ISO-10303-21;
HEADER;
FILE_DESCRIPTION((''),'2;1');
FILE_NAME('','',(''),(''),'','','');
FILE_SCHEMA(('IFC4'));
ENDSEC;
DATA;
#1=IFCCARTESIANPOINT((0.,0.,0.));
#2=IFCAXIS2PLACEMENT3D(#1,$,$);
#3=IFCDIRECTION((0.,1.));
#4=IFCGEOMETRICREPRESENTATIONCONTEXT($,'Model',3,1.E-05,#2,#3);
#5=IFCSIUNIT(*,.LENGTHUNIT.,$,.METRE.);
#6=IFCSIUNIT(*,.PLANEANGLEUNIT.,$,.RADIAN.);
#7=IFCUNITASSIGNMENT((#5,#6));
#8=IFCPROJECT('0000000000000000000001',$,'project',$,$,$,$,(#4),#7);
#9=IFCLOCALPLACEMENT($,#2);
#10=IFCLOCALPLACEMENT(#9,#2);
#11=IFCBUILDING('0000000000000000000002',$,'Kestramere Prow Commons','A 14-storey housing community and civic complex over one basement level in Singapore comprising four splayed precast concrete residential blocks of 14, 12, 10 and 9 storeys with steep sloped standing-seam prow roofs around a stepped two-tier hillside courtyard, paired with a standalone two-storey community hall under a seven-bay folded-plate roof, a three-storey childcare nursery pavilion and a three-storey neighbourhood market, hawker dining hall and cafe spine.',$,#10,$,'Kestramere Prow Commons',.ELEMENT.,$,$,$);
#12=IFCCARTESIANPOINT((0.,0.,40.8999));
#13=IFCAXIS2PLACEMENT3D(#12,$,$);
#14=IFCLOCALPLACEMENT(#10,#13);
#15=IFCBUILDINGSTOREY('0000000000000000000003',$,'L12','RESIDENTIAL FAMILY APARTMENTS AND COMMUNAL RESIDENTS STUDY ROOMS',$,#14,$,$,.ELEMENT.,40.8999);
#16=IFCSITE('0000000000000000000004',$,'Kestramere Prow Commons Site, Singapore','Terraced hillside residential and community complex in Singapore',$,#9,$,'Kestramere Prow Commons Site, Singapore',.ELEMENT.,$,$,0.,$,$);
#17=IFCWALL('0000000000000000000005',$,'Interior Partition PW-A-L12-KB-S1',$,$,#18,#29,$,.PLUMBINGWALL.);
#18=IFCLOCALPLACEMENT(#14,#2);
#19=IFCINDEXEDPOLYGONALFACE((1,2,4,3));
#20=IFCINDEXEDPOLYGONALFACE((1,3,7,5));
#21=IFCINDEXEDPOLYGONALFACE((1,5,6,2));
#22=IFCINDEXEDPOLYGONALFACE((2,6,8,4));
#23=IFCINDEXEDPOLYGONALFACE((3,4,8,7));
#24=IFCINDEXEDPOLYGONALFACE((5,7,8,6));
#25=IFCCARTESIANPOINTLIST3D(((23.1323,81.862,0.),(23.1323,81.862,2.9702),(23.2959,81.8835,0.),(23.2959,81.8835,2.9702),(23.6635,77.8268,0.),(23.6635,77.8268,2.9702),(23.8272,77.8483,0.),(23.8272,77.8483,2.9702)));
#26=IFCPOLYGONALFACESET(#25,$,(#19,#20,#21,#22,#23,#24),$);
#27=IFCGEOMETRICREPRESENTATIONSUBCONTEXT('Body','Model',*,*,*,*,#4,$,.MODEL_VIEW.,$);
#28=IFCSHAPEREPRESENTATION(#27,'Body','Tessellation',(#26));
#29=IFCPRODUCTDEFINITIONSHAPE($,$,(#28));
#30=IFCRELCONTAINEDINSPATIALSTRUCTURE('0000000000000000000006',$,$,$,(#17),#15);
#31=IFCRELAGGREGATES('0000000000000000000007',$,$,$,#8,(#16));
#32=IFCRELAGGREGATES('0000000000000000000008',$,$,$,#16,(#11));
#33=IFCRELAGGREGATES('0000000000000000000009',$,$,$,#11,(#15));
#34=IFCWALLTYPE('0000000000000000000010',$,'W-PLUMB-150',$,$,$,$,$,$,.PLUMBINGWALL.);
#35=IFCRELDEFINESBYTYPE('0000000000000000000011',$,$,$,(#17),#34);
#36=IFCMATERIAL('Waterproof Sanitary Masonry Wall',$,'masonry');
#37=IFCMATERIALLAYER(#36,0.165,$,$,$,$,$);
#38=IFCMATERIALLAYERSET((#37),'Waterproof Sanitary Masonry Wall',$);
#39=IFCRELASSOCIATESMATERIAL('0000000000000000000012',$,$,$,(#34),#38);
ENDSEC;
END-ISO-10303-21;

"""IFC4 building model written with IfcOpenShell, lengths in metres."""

from ifc_helpers import new_model, si_unit, direction, frame, frame_2d, origin, place, context, subcontext, project, spatial, rectangle, extrude, material, layer, layer_set, type_object, element, save


model = new_model("IFC4")

# Units and contexts
model_context = context("Model", 3, precision=1e-05, world=origin(), true_north=direction((0.0, 1.0)))
body_context = subcontext(model_context, "Body", "Model", "MODEL_VIEW")
ifc_project = project(units=[si_unit("LENGTHUNIT", "METRE"), si_unit("PLANEANGLEUNIT", "RADIAN")], contexts=[model_context])

# Site, building, storey
site_placement = place(None, origin())
site = spatial("IfcSite", under=ifc_project, at=site_placement, Name="Kestramere Prow Commons Site, Singapore", Description="Terraced hillside residential and community complex in Singapore", LongName="Kestramere Prow Commons Site, Singapore", CompositionType="ELEMENT", RefElevation=0.0)
building_placement = place(site_placement, origin())
building = spatial("IfcBuilding", under=site, at=building_placement, Name="Kestramere Prow Commons", Description="A 14-storey housing community and civic complex over one basement level in Singapore comprising four splayed precast concrete residential blocks of 14, 12, 10 and 9 storeys with steep sloped standing-seam prow roofs around a stepped two-tier hillside courtyard, paired with a standalone two-storey community hall under a seven-bay folded-plate roof, a three-storey childcare nursery pavilion and a three-storey neighbourhood market, hawker dining hall and cafe spine.", LongName="Kestramere Prow Commons", CompositionType="ELEMENT")
storey_placement = place(building_placement, frame((0.0, 0.0, 40.8999)))
storey = spatial("IfcBuildingStorey", under=building, at=storey_placement, Name="L12", Description="RESIDENTIAL FAMILY APARTMENTS AND COMMUNAL RESIDENTS STUDY ROOMS", CompositionType="ELEMENT", Elevation=40.8999)

# Shared definitions
ifc_material_1 = material(Name="Waterproof Sanitary Masonry Wall", Category="masonry")
ifc_layer_1 = layer(ifc_material_1, 0.165)
ifc_layer_set_1 = layer_set([ifc_layer_1], Name="Waterproof Sanitary Masonry Wall")
wall_type_1 = type_object("IfcWallType", Name="W-PLUMB-150", PredefinedType="PLUMBINGWALL", material=ifc_layer_set_1)

# Wall
wall_1_placement = place(storey_placement, frame((23.7454, 77.8374, 0.0), z_axis=(0.0, 0.0, 1.0), x_axis=(-0.130529, 0.991444, 0.0)))
element("IfcWall", 1, at=wall_1_placement, inside=storey, type_object=wall_type_1, Name="Interior Partition PW-A-L12-KB-S1", PredefinedType="PLUMBINGWALL", context=body_context, shape_type="SweptSolid", body=[
    extrude(rectangle(XDim=4.0701, YDim=0.165, at=frame_2d((2.0352, 0.0))), origin(), (0.0, 0.0, 1.0), 2.9702),
])

save(model, "model.ifc")
